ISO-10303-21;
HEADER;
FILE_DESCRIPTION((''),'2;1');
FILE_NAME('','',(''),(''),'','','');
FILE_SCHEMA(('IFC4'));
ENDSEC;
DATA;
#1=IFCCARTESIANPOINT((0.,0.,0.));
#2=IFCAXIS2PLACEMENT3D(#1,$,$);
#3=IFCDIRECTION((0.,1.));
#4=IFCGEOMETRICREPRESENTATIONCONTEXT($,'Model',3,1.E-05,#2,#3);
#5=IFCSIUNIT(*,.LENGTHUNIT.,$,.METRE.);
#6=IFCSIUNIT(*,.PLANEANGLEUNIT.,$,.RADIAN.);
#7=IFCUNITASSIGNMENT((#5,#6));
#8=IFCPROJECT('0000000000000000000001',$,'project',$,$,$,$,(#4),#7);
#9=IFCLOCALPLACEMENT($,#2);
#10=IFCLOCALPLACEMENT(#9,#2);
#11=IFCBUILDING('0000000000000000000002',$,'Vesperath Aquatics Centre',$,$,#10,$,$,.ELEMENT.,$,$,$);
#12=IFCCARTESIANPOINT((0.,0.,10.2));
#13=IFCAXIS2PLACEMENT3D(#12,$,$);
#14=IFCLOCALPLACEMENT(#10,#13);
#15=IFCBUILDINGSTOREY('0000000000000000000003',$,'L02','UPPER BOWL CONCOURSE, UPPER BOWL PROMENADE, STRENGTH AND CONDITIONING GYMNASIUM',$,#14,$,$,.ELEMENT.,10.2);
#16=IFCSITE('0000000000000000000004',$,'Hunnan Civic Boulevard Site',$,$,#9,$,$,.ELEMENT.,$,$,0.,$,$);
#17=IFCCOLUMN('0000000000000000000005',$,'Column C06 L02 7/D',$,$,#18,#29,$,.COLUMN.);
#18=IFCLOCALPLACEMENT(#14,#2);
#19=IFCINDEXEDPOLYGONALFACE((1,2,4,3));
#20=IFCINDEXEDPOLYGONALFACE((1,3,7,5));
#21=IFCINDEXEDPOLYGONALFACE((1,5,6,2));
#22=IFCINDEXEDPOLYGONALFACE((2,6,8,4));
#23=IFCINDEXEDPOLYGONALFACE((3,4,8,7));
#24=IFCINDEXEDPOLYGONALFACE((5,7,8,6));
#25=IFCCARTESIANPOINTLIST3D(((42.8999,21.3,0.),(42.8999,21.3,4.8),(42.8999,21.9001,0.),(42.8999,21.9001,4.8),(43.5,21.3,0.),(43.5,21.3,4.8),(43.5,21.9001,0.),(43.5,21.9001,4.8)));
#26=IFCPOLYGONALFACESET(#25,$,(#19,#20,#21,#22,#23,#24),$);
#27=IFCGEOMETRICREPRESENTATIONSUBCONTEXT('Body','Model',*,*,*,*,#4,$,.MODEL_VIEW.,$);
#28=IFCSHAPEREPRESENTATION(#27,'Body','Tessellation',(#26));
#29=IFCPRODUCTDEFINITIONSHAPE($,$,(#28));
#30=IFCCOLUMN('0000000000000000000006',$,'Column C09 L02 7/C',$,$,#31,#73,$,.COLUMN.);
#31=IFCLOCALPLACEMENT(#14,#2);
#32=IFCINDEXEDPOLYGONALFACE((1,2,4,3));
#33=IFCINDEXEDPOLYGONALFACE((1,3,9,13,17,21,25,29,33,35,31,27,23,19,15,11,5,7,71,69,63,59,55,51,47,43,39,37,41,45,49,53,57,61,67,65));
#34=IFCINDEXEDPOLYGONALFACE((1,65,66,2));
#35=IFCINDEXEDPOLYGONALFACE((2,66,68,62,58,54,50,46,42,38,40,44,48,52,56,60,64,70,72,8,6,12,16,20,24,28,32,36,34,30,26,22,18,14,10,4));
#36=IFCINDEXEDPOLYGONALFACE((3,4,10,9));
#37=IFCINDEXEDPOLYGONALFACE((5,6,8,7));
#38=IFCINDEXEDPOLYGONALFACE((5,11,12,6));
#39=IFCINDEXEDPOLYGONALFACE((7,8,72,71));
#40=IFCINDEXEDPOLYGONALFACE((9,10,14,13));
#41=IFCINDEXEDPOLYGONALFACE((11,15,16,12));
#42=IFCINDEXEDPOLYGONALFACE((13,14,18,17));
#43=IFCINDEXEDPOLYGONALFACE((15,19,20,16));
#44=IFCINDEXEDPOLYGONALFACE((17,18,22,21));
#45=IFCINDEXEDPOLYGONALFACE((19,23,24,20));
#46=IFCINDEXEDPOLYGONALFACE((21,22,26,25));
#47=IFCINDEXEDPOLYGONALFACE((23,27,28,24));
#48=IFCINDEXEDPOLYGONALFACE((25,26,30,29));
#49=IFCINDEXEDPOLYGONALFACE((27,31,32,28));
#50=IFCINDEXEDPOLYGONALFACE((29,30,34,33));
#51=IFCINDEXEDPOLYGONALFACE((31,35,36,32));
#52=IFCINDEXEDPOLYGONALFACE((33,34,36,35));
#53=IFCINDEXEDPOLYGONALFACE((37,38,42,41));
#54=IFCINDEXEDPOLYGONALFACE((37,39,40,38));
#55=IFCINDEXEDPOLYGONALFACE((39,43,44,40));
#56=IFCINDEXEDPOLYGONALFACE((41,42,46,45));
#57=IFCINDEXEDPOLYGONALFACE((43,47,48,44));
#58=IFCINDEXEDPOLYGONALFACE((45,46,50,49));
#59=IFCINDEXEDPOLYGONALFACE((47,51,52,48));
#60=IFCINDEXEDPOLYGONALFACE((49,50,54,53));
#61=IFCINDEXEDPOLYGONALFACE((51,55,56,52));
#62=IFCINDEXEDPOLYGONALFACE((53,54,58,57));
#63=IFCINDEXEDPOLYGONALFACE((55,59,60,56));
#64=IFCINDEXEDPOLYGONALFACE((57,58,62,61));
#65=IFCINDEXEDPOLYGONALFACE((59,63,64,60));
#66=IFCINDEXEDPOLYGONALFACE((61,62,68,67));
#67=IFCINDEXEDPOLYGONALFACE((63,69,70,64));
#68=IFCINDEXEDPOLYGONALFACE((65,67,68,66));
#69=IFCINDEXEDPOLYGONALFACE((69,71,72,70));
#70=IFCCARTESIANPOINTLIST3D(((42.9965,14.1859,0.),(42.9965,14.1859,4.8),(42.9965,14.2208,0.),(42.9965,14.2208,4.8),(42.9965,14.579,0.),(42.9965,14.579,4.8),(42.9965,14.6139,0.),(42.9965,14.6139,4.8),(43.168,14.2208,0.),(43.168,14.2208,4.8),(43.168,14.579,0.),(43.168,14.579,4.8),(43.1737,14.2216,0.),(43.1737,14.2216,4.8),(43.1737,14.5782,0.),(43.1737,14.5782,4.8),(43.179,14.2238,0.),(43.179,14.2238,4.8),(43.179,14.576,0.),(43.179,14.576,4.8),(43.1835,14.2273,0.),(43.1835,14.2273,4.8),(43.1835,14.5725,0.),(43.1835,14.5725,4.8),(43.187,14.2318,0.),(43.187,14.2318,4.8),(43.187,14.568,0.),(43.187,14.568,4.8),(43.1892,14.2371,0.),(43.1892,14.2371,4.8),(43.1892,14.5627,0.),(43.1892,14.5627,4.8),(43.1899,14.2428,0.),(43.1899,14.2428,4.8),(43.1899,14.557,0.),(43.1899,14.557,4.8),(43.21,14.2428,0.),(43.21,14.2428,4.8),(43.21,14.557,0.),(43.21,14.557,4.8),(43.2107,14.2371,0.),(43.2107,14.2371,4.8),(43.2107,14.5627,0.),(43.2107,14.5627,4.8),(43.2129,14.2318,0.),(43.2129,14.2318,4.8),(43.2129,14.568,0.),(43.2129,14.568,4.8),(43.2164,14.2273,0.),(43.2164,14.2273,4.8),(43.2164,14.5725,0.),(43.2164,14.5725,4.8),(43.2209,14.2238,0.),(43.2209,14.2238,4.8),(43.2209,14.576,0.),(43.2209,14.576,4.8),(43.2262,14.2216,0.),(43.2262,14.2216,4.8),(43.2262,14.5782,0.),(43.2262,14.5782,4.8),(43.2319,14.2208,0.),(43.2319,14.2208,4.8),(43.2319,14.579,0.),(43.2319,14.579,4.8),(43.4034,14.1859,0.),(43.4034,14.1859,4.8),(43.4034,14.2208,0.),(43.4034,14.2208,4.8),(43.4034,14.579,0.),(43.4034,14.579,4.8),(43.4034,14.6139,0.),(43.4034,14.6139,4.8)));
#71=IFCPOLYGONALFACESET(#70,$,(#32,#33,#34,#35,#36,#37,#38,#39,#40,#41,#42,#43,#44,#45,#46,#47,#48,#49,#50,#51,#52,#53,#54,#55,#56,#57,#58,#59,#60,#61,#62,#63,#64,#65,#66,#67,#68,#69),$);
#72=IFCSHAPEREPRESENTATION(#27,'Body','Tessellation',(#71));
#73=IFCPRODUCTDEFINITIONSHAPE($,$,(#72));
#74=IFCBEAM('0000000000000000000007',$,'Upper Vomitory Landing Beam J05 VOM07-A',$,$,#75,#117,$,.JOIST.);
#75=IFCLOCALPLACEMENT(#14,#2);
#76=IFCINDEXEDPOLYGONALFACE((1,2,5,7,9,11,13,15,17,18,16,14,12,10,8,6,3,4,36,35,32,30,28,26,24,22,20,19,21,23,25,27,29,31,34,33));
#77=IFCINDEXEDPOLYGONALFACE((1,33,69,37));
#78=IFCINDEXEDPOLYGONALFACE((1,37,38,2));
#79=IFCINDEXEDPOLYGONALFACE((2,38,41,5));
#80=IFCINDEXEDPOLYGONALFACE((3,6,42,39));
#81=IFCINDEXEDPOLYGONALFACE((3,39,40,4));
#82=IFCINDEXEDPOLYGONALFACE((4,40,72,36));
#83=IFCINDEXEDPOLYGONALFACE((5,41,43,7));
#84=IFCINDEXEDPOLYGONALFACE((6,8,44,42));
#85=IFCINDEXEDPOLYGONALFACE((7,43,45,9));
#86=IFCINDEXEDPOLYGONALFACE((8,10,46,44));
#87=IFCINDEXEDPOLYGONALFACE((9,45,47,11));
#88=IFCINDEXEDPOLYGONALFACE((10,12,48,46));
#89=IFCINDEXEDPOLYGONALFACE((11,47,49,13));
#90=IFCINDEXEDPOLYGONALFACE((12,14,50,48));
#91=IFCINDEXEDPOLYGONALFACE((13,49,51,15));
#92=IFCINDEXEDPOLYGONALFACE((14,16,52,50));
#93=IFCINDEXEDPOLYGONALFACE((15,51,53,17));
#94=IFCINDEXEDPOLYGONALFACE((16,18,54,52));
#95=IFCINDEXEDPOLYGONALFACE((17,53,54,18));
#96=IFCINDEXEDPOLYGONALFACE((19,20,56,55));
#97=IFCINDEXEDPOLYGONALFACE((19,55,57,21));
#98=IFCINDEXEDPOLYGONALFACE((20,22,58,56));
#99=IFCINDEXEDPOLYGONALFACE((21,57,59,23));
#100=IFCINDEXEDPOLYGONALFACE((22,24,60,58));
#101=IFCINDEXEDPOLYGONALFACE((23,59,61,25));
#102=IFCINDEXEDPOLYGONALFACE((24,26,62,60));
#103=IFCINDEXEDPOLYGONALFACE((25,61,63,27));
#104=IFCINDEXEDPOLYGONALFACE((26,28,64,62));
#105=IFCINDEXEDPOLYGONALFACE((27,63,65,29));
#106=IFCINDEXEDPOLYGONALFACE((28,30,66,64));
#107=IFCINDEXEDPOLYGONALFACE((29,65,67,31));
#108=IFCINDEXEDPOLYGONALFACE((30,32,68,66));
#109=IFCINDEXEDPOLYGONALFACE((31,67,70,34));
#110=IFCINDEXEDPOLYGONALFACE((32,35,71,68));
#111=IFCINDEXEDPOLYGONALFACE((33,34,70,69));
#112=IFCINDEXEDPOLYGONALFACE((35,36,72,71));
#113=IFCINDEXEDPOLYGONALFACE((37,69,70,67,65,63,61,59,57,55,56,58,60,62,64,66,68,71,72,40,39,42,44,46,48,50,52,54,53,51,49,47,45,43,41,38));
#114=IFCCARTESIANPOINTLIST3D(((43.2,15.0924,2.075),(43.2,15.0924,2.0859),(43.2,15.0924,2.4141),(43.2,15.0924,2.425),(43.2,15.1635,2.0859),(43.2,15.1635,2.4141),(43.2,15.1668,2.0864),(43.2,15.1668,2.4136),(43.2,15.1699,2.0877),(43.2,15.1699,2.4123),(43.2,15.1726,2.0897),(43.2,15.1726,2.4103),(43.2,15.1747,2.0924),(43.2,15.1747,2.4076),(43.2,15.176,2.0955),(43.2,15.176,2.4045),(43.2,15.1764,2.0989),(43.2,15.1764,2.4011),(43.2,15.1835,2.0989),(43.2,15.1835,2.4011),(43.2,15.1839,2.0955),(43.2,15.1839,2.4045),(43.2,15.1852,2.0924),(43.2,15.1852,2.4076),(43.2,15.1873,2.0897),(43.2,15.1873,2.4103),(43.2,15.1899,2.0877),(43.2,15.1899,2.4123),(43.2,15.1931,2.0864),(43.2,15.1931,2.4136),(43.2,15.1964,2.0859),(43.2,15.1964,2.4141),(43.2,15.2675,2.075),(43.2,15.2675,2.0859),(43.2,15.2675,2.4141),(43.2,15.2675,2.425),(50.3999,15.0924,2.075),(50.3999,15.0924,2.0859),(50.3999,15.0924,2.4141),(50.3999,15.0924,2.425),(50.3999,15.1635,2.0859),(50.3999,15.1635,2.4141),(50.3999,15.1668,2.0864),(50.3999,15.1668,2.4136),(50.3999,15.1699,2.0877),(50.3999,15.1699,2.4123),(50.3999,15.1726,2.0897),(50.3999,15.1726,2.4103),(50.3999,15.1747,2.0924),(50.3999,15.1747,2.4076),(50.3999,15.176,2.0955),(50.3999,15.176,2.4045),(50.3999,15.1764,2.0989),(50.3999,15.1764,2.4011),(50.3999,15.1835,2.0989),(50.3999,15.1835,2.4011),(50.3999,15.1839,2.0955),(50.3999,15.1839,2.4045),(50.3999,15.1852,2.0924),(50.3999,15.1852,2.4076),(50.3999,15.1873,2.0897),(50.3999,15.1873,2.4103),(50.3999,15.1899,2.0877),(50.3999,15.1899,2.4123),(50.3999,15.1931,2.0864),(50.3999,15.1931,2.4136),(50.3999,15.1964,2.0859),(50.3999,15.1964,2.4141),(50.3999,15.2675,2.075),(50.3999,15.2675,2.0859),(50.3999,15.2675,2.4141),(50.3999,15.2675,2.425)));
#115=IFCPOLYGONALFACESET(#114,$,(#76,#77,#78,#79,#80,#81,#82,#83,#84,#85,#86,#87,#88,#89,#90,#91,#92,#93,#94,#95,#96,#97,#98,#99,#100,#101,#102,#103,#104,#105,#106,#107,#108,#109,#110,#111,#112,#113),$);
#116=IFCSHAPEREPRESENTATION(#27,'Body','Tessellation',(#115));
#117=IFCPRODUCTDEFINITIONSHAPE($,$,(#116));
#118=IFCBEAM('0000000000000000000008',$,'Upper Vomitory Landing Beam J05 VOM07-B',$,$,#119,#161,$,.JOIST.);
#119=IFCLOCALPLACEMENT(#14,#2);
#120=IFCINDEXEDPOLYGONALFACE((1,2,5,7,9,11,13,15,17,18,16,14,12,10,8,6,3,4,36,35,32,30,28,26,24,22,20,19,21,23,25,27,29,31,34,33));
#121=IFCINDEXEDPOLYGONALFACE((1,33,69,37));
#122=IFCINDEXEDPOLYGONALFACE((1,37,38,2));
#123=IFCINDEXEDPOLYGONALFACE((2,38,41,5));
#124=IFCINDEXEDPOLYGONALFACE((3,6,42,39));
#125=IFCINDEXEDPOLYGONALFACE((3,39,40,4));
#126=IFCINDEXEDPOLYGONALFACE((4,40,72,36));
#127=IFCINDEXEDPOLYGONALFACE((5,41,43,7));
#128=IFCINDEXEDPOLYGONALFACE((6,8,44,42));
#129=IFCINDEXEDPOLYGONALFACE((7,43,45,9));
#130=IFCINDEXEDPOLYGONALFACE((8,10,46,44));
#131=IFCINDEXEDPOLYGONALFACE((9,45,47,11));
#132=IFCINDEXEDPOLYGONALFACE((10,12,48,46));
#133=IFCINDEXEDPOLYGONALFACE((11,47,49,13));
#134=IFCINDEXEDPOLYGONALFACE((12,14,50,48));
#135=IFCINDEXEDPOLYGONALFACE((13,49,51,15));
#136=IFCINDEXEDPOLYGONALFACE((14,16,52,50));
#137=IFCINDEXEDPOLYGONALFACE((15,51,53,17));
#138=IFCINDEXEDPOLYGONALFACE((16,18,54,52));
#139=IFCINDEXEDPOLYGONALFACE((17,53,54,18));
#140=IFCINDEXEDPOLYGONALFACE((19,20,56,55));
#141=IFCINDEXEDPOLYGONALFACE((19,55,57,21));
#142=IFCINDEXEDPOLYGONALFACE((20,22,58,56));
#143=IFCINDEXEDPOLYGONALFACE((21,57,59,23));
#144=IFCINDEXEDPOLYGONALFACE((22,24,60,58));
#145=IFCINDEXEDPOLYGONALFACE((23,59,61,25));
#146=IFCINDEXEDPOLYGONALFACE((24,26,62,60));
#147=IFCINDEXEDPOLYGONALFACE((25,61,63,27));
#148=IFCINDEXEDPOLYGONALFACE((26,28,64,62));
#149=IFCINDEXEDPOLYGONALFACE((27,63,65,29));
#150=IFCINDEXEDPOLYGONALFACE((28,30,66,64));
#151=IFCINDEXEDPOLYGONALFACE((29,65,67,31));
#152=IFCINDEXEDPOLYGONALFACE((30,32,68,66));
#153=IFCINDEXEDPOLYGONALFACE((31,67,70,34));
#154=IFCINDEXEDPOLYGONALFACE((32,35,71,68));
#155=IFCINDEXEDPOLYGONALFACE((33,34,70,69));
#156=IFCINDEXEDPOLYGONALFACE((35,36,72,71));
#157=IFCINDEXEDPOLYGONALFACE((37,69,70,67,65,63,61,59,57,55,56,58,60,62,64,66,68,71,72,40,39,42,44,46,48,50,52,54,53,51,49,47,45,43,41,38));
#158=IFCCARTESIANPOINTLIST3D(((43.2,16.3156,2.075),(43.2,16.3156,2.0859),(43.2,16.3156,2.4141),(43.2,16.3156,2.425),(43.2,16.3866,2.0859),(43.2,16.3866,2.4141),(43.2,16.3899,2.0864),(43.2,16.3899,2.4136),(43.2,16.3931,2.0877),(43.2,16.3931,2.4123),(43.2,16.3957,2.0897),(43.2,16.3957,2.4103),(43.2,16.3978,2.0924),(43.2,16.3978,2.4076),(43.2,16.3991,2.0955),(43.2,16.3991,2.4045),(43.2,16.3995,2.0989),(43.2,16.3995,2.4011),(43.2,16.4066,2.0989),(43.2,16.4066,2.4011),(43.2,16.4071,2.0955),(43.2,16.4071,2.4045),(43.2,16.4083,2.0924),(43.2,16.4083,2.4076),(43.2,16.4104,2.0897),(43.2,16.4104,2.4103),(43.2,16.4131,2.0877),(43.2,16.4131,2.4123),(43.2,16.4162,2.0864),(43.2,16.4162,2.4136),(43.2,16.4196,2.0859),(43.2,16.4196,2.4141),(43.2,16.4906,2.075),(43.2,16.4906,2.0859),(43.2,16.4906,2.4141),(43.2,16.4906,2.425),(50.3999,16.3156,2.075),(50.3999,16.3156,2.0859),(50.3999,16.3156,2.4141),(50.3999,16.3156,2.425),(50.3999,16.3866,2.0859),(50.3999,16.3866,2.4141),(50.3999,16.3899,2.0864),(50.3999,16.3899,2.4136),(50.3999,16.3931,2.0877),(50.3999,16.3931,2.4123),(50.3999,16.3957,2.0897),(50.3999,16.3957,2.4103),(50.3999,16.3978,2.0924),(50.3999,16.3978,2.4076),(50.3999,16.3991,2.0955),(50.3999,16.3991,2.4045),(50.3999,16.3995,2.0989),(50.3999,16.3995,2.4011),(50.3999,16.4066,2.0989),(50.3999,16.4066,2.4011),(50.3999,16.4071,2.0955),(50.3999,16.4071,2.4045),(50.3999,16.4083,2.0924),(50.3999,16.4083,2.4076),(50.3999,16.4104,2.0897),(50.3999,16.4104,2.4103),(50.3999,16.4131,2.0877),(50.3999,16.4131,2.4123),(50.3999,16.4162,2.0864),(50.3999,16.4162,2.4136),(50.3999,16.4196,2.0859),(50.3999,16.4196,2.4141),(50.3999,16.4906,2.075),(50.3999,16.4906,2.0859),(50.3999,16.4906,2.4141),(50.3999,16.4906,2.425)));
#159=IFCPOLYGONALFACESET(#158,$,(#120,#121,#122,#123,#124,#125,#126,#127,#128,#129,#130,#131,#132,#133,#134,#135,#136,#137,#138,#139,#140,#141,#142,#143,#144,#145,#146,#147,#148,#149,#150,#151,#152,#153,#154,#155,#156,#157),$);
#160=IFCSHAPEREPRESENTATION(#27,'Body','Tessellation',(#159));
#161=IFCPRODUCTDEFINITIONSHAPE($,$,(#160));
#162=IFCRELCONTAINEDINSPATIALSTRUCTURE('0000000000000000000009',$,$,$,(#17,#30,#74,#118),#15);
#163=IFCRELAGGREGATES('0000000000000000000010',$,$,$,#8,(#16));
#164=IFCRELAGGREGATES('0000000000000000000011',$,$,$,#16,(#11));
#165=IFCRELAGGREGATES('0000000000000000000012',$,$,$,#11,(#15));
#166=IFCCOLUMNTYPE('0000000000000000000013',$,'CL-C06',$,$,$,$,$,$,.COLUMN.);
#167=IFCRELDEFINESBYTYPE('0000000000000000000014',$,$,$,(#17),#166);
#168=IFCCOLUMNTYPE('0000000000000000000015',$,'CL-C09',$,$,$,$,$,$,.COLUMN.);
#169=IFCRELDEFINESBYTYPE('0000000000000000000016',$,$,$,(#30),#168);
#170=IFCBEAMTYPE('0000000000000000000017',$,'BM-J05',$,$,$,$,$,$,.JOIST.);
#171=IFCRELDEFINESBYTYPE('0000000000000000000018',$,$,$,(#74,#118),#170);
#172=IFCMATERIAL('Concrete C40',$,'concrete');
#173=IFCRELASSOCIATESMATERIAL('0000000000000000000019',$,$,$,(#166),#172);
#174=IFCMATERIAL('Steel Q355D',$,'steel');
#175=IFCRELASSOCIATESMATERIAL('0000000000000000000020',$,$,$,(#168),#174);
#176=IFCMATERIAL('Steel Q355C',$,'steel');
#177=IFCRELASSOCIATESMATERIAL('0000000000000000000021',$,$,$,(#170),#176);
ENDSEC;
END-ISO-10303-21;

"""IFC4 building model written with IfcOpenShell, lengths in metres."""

from ifc_helpers import new_model, si_unit, direction, frame, origin, origin_2d, place, context, subcontext, project, spatial, rectangle, i_section, extrude, material, material_profile, profile_set, type_object, element, save


model = new_model("IFC4")

# Units and contexts
model_context = context("Model", 3, precision=1e-05, world=origin(), true_north=direction((0.0, 1.0)))
body_context = subcontext(model_context, "Body", "Model", "MODEL_VIEW")
ifc_project = project(units=[si_unit("LENGTHUNIT", "METRE"), si_unit("PLANEANGLEUNIT", "RADIAN")], contexts=[model_context])

# Site, building, storey
site_placement = place(None, origin())
site = spatial("IfcSite", under=ifc_project, at=site_placement, Name="Hunnan Civic Boulevard Site", CompositionType="ELEMENT", RefElevation=0.0)
building_placement = place(site_placement, origin())
building = spatial("IfcBuilding", under=site, at=building_placement, Name="Vesperath Aquatics Centre", CompositionType="ELEMENT")
storey_placement = place(building_placement, frame((0.0, 0.0, 10.2)))
storey = spatial("IfcBuildingStorey", under=building, at=storey_placement, Name="L02", Description="UPPER BOWL CONCOURSE, UPPER BOWL PROMENADE, STRENGTH AND CONDITIONING GYMNASIUM", CompositionType="ELEMENT", Elevation=10.2)

# Columns
ifc_material_1 = material(Name="Concrete C40", Category="concrete")
ifc_material_profile_1 = material_profile(ifc_material_1, rectangle(XDim=0.6001, YDim=0.6001, at=origin_2d()), Name="RC 600x600")
ifc_profile_set_1 = profile_set([ifc_material_profile_1], Name="Concrete C40")
column_type_1 = type_object("IfcColumnType", Name="CL-C06", PredefinedType="COLUMN", material=ifc_profile_set_1)
column_1_placement = place(storey_placement, frame((43.2, 21.6001, 0.0), z_axis=(0.0, 0.0, 1.0), x_axis=(1.0, 0.0, 0.0)))
element("IfcColumn", 1, at=column_1_placement, inside=storey, type_object=column_type_1, Name="Column C06 L02 7/D", PredefinedType="COLUMN", context=body_context, shape_type="SweptSolid", body=[
    extrude(rectangle(XDim=0.6001, YDim=0.6001, at=origin_2d()), origin(), (0.0, 0.0, 1.0), 4.8),
])
ifc_material_2 = material(Name="Steel Q355D", Category="steel")
ifc_material_profile_2 = material_profile(ifc_material_2, i_section(OverallWidth=0.407, OverallDepth=0.428, WebThickness=0.02, FlangeThickness=0.0349, FilletRadius=0.022, at=origin_2d()), Name="HW 428x407x20x35")
ifc_profile_set_2 = profile_set([ifc_material_profile_2], Name="Steel Q355D")
column_type_2 = type_object("IfcColumnType", Name="CL-C09", PredefinedType="COLUMN", material=ifc_profile_set_2)
column_2_placement = place(storey_placement, frame((43.2, 14.3999, 0.0), z_axis=(0.0, 0.0, 1.0), x_axis=(1.0, 0.0, 0.0)))
element("IfcColumn", 2, at=column_2_placement, inside=storey, type_object=column_type_2, Name="Column C09 L02 7/C", PredefinedType="COLUMN", context=body_context, shape_type="SweptSolid", body=[
    extrude(i_section(OverallWidth=0.407, OverallDepth=0.428, WebThickness=0.02, FlangeThickness=0.0349, FilletRadius=0.022, at=origin_2d()), origin(), (0.0, 0.0, 1.0), 4.8),
])

# Beams
ifc_material_3 = material(Name="Steel Q355C", Category="steel")
ifc_material_profile_3 = material_profile(ifc_material_3, i_section(OverallWidth=0.175, OverallDepth=0.3501, WebThickness=0.0071, FlangeThickness=0.011, FilletRadius=0.0129, at=origin_2d()), Name="HN 350x175x7x11")
ifc_profile_set_3 = profile_set([ifc_material_profile_3], Name="Steel Q355C")
beam_type_1 = type_object("IfcBeamType", Name="BM-J05", PredefinedType="JOIST", material=ifc_profile_set_3)
for number, where, z_axis, x_axis, name in (
    (3, (43.2, 15.1799, 2.25), (1.0, 0.0, 0.0), (0.0, 1.0, 0.0), "Upper Vomitory Landing Beam J05 VOM07-A"),
    (4, (43.2, 16.4031, 2.25), (1.0, 0.0, 0.0), (0.0, 1.0, 0.0), "Upper Vomitory Landing Beam J05 VOM07-B"),
):
    element("IfcBeam", number, at=place(storey_placement, frame(where, z_axis=z_axis, x_axis=x_axis)), inside=storey, type_object=beam_type_1, Name=name, PredefinedType="JOIST", context=body_context, shape_type="SweptSolid", body=[
        extrude(i_section(OverallWidth=0.175, OverallDepth=0.3501, WebThickness=0.0071, FlangeThickness=0.011, FilletRadius=0.0129, at=origin_2d()), origin(), (0.0, 0.0, 1.0), 7.2),
    ])

save(model, "model.ifc")
